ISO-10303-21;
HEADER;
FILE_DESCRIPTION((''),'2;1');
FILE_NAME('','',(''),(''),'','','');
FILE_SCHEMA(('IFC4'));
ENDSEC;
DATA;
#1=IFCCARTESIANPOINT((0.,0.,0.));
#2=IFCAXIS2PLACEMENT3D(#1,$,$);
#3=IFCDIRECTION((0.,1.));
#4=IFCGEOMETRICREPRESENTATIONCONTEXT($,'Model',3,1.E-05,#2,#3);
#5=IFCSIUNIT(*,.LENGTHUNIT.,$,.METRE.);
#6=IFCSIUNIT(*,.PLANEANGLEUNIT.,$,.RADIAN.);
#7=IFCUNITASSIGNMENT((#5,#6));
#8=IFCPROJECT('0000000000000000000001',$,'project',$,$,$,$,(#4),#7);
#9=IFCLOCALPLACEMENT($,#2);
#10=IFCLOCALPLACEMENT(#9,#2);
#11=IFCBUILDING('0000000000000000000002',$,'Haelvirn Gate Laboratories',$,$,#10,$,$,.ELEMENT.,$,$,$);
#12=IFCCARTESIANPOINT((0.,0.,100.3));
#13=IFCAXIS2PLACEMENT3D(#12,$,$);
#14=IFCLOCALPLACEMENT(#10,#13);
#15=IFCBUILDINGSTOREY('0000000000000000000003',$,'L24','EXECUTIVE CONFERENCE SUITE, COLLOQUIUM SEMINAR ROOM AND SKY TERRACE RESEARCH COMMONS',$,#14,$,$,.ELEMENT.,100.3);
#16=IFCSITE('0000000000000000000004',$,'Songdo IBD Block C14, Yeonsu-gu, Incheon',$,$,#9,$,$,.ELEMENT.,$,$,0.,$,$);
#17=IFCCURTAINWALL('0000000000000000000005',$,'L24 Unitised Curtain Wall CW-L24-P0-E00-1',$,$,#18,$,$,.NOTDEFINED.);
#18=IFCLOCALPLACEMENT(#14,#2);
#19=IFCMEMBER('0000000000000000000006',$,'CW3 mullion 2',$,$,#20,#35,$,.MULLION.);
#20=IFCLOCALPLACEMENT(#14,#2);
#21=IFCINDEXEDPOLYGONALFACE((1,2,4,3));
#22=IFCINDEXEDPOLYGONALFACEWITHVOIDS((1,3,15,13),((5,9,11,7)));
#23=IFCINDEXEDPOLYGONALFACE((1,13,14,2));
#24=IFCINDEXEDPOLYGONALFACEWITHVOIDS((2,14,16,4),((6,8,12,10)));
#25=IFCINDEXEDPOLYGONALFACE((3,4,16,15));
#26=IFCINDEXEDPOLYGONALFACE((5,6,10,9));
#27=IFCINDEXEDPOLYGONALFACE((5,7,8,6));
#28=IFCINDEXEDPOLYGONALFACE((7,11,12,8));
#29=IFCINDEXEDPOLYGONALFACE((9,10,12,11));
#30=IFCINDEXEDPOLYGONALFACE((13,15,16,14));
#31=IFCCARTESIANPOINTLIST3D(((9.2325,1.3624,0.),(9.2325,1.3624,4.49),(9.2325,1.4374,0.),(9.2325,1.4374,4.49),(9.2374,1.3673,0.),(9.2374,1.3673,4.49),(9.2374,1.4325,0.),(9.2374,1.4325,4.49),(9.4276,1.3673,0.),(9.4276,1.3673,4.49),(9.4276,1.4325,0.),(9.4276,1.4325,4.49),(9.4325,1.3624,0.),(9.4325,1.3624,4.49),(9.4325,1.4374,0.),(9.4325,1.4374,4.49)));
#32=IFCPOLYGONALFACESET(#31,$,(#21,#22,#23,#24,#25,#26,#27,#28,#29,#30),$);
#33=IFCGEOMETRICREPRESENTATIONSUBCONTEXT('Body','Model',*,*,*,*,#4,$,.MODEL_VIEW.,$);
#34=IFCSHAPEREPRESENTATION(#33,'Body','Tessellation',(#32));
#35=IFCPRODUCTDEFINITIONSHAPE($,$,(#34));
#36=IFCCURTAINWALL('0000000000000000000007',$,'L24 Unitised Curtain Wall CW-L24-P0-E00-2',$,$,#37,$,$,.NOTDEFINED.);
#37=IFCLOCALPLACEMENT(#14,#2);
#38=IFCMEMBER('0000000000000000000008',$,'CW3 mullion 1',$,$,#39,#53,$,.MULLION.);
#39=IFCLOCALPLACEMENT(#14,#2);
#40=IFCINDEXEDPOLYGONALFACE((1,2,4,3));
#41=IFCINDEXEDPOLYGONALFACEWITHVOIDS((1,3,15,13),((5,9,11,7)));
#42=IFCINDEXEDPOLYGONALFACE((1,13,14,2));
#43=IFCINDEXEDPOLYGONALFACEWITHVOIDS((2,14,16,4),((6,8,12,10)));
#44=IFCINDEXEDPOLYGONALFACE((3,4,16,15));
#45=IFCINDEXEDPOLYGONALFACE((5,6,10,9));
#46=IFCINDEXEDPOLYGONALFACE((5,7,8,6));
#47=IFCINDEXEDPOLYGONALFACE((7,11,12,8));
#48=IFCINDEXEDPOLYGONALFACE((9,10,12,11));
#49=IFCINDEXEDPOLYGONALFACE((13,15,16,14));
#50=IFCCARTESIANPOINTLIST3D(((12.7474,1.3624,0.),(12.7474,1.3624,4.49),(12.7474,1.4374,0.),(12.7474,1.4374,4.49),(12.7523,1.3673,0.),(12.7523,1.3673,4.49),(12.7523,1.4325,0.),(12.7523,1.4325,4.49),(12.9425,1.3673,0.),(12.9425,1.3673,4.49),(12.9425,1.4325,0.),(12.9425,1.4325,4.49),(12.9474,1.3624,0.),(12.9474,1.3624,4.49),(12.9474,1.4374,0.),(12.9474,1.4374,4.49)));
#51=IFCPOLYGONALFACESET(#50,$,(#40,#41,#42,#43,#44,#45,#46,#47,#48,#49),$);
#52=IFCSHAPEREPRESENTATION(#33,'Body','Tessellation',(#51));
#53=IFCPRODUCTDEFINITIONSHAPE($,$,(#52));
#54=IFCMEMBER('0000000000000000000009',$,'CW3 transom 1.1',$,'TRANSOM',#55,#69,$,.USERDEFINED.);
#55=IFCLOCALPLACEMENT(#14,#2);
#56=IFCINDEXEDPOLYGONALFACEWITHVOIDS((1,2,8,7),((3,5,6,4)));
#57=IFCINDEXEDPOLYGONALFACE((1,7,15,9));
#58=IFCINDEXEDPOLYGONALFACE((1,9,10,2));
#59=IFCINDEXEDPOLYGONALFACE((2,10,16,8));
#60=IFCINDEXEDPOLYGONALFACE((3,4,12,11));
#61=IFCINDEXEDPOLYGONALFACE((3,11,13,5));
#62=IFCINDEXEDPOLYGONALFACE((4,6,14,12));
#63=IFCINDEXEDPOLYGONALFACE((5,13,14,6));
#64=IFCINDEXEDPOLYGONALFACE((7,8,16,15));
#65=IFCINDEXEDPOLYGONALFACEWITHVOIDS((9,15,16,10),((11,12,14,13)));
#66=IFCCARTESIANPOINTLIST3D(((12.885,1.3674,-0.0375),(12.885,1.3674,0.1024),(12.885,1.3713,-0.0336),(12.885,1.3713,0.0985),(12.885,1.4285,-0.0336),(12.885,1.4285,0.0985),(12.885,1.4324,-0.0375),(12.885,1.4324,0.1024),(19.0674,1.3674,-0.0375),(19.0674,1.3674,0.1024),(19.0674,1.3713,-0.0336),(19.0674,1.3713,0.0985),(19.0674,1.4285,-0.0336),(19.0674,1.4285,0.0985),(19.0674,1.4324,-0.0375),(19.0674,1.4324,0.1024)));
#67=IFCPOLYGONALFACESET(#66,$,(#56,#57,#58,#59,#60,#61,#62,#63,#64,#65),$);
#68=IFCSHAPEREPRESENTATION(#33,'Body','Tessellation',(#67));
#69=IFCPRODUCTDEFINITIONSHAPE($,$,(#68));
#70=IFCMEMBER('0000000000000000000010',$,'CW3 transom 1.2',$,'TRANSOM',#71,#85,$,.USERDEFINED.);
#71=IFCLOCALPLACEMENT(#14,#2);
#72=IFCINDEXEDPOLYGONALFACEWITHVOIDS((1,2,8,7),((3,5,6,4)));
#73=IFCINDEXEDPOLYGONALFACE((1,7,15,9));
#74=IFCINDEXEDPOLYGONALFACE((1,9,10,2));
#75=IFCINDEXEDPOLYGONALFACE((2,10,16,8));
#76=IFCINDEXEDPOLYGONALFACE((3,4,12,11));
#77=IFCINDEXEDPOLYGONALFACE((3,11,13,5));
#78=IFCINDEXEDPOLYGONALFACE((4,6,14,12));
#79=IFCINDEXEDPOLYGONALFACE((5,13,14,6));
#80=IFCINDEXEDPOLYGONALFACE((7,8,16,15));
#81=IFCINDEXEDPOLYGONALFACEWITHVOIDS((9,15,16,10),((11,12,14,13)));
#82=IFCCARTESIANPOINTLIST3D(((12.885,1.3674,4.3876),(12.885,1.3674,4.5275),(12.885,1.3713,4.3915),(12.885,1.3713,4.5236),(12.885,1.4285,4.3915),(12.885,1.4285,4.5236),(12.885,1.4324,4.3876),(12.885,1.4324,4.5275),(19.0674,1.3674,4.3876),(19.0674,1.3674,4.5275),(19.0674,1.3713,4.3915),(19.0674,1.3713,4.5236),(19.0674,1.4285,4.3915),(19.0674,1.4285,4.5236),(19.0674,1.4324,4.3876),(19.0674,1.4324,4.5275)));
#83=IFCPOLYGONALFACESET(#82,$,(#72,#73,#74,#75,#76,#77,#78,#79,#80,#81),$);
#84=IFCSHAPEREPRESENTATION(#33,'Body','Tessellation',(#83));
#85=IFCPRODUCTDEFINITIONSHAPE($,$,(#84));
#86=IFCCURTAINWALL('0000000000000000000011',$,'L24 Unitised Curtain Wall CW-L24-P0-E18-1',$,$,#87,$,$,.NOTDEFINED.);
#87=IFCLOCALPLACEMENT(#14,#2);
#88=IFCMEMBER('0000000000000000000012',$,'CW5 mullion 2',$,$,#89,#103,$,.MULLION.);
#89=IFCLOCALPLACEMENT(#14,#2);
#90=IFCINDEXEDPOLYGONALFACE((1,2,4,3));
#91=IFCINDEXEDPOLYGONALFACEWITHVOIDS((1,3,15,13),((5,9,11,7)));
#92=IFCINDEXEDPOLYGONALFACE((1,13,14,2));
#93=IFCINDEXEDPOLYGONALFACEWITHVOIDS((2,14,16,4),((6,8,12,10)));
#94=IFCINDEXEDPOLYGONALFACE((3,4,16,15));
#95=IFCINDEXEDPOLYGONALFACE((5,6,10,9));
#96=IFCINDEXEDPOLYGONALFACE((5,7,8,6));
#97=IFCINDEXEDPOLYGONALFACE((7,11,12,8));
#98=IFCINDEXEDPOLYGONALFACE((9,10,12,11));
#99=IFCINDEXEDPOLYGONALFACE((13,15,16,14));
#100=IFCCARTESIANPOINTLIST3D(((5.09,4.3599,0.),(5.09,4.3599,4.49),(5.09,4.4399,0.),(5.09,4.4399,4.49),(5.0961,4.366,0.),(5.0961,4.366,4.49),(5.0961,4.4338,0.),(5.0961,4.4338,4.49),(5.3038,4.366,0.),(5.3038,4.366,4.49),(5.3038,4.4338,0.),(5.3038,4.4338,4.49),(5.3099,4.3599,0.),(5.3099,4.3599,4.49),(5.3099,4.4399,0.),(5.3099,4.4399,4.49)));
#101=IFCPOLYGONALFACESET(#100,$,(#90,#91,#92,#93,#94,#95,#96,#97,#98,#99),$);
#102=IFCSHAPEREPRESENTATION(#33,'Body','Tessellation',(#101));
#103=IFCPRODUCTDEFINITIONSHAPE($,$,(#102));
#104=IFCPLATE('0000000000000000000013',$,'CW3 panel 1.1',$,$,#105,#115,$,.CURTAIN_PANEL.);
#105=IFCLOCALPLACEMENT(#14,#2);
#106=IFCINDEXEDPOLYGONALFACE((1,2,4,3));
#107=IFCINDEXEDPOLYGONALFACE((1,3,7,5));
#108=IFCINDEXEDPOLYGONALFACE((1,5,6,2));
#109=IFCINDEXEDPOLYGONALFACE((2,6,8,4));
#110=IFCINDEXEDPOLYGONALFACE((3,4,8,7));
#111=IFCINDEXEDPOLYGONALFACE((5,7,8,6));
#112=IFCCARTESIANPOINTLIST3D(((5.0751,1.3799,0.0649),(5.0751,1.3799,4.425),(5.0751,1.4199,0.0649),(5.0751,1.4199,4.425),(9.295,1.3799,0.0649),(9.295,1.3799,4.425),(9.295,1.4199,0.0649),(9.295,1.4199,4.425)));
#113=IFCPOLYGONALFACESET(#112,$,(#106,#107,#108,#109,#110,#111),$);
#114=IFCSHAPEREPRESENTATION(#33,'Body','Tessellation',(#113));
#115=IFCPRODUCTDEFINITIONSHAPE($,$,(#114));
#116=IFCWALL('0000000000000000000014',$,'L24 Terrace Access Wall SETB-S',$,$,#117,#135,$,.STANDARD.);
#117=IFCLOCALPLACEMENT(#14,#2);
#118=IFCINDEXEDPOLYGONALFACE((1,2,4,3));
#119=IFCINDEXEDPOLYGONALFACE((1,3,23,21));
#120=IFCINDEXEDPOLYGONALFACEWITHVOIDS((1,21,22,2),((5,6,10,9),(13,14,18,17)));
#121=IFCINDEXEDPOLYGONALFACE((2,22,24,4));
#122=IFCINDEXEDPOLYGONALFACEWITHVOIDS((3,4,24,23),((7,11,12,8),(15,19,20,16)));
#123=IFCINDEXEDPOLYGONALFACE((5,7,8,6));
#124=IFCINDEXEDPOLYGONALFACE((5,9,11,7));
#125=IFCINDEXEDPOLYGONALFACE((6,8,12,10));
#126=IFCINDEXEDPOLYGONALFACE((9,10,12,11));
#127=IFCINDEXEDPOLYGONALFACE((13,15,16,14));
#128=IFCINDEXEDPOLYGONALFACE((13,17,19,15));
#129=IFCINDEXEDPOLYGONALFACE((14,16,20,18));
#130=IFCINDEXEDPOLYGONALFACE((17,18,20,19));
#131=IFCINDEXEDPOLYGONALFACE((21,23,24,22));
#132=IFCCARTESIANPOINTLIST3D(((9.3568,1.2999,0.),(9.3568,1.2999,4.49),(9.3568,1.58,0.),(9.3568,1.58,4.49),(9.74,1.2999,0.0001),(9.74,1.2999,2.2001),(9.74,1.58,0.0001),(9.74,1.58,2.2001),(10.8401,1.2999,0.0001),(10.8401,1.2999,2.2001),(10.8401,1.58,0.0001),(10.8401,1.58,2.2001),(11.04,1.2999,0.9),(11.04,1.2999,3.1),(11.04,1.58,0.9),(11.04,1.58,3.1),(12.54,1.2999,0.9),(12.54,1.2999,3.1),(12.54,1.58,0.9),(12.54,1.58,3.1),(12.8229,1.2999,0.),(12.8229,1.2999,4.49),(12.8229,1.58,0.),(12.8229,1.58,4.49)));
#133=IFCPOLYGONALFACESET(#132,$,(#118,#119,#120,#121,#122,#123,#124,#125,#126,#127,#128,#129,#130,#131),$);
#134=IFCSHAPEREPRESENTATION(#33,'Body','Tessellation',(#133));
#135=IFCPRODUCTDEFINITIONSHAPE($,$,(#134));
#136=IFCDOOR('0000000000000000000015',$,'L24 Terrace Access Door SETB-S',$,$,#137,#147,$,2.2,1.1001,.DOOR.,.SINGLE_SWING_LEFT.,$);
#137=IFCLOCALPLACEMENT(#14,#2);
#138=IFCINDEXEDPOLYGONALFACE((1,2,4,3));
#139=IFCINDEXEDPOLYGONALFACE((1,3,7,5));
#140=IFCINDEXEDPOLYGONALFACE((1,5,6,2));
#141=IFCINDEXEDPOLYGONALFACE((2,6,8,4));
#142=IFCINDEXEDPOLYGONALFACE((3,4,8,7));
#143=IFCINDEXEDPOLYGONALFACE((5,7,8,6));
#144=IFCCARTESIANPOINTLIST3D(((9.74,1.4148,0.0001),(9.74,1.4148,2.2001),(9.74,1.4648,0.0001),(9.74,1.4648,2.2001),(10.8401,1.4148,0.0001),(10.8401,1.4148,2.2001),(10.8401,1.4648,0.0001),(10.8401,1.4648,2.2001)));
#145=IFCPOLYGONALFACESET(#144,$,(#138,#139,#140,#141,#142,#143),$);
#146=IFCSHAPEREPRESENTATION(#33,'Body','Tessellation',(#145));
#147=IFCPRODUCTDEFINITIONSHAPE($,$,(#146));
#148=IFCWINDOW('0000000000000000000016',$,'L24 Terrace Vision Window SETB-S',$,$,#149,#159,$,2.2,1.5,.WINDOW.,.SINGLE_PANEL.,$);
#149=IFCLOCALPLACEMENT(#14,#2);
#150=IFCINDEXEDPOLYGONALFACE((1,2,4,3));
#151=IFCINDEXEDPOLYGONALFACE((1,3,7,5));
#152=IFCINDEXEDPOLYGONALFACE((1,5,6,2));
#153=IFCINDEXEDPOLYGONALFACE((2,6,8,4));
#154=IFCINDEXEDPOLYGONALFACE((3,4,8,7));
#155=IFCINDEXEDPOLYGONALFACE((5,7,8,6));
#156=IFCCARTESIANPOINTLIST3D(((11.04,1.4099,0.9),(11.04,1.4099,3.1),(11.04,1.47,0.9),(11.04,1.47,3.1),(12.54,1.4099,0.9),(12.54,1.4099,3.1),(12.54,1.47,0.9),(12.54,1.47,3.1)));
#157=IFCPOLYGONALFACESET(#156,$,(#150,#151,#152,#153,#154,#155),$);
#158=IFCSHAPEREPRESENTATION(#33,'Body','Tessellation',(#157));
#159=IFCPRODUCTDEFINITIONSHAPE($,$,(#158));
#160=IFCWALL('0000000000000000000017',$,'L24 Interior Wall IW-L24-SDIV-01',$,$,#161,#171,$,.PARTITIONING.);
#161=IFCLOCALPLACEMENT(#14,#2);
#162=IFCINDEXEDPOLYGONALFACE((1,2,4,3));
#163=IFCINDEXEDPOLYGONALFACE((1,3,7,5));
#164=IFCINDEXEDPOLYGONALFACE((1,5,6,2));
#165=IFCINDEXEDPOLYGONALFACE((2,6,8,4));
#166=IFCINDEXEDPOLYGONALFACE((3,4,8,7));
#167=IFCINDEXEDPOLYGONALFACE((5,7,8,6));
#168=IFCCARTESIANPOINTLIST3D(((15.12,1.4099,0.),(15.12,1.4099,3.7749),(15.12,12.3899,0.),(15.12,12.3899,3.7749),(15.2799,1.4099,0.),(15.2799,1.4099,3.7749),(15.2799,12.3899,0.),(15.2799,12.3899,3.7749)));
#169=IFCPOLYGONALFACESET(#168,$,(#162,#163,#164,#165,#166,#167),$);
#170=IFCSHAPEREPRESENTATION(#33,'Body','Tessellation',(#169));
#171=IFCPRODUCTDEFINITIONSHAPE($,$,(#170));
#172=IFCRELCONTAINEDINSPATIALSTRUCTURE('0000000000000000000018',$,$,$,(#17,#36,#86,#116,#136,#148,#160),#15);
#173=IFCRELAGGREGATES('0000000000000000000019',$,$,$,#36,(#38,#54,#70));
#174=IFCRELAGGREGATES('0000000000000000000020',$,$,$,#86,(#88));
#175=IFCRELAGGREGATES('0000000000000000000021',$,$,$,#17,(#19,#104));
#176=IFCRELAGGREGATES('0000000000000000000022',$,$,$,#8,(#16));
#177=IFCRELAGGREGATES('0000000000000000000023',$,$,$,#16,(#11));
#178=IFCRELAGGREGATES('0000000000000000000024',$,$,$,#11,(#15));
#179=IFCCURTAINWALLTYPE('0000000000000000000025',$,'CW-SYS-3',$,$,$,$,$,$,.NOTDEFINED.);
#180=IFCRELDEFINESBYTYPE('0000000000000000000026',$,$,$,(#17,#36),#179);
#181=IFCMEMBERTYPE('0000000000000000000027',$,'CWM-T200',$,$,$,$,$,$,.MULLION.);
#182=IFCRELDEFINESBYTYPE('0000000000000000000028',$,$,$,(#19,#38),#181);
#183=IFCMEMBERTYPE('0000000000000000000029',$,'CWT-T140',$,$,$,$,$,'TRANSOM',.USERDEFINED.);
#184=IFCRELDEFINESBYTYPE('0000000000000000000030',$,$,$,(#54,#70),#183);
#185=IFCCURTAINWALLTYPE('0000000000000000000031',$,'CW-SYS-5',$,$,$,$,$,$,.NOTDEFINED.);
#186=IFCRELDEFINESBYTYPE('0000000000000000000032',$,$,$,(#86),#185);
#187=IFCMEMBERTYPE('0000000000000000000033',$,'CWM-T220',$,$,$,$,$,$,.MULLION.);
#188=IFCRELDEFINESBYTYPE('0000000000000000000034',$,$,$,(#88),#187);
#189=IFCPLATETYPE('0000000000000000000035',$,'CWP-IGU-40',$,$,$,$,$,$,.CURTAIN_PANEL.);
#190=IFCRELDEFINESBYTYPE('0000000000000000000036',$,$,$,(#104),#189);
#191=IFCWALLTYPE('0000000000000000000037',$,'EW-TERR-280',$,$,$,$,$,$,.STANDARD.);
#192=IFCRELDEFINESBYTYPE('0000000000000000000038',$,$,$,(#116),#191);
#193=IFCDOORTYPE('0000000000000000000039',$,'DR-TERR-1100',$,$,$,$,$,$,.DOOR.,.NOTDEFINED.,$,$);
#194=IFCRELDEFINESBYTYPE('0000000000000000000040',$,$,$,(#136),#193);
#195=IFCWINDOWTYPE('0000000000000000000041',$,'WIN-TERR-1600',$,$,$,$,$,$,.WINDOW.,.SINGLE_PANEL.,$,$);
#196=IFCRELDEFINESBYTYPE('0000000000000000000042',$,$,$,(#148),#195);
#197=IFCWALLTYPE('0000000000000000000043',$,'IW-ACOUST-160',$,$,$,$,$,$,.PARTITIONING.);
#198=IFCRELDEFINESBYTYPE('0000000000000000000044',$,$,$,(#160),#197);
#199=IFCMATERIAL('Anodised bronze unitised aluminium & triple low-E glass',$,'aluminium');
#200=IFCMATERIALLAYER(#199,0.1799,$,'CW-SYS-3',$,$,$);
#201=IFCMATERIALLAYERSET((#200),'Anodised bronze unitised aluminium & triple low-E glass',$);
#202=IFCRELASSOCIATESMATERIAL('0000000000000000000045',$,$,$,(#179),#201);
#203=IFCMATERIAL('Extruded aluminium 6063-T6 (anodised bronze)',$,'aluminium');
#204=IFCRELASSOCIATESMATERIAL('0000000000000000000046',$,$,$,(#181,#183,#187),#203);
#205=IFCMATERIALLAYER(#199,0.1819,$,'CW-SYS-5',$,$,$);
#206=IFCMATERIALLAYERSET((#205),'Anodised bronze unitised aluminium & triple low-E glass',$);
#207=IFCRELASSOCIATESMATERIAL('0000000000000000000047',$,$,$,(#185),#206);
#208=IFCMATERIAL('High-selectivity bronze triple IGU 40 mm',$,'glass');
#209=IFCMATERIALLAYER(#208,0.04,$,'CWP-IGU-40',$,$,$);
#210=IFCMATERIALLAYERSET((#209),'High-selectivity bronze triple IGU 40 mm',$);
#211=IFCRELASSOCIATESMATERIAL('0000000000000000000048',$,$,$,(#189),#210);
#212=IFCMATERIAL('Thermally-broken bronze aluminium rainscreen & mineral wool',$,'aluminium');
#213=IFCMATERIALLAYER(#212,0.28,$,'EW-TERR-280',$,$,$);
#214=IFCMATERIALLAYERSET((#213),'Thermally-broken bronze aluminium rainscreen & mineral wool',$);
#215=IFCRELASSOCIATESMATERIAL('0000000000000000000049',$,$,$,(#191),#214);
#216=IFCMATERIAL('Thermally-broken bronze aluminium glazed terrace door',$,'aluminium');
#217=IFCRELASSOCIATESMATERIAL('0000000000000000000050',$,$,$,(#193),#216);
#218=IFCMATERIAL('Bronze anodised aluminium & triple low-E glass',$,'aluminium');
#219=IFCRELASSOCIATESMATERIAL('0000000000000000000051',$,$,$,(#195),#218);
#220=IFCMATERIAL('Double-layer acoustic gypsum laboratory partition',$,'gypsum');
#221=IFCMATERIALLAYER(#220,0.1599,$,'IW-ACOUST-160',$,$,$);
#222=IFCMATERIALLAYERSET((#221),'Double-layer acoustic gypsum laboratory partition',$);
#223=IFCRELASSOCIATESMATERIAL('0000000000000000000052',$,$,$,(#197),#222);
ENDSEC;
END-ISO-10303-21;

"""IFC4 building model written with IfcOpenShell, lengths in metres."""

from ifc_helpers import new_model, si_unit, direction, frame, frame_2d, origin, origin_2d, place, context, subcontext, project, spatial, rectangle, hollow_rectangle, extrude, source, transform, mapped, material, layer, layer_set, material_profile, profile_set, type_object, type_shapes, element, fill, aggregate, save


model = new_model("IFC4")

# Units and contexts
model_context = context("Model", 3, precision=1e-05, world=origin(), true_north=direction((0.0, 1.0)))
body_context = subcontext(model_context, "Body", "Model", "MODEL_VIEW")
ifc_project = project(units=[si_unit("LENGTHUNIT", "METRE"), si_unit("PLANEANGLEUNIT", "RADIAN")], contexts=[model_context])

# Site, building, storey
site_placement = place(None, origin())
site = spatial("IfcSite", under=ifc_project, at=site_placement, Name="Songdo IBD Block C14, Yeonsu-gu, Incheon", CompositionType="ELEMENT", RefElevation=0.0)
building_placement = place(site_placement, origin())
building = spatial("IfcBuilding", under=site, at=building_placement, Name="Haelvirn Gate Laboratories", CompositionType="ELEMENT")
storey_placement = place(building_placement, frame((0.0, 0.0, 100.3)))
storey = spatial("IfcBuildingStorey", under=building, at=storey_placement, Name="L24", Description="EXECUTIVE CONFERENCE SUITE, COLLOQUIUM SEMINAR ROOM AND SKY TERRACE RESEARCH COMMONS", CompositionType="ELEMENT", Elevation=100.3)

# Curtain wall, member
ifc_material_1 = material(Name="Anodised bronze unitised aluminium & triple low-E glass", Category="aluminium")
ifc_layer_1 = layer(ifc_material_1, 0.1799, Name="CW-SYS-3")
ifc_layer_set_1 = layer_set([ifc_layer_1], Name="Anodised bronze unitised aluminium & triple low-E glass")
curtain_wall_type_1 = type_object("IfcCurtainWallType", Name="CW-SYS-3", PredefinedType="NOTDEFINED", material=ifc_layer_set_1)
curtain_wall_1_placement = place(storey_placement, origin())
curtain_wall_1 = element("IfcCurtainWall", 1, at=curtain_wall_1_placement, inside=storey, type_object=curtain_wall_type_1, Name="L24 Unitised Curtain Wall CW-L24-P0-E00-1", PredefinedType="NOTDEFINED")
ifc_material_2 = material(Name="Extruded aluminium 6063-T6 (anodised bronze)", Category="aluminium")
ifc_material_profile_1 = material_profile(ifc_material_2, hollow_rectangle(XDim=0.075, YDim=0.2, WallThickness=0.0049, at=origin_2d()), Name="CWM-200x75x5")
ifc_profile_set_1 = profile_set([ifc_material_profile_1], Name="Extruded aluminium 6063-T6 (anodised bronze)")
member_type_1 = type_object("IfcMemberType", Name="CWM-T200", PredefinedType="MULLION", material=ifc_profile_set_1)
shared_shape_1 = source(origin(), body_context, "Body", "SweptSolid", [
    extrude(hollow_rectangle(XDim=0.075, YDim=0.2, WallThickness=0.0049, at=origin_2d()), origin(), (0.0, 0.0, 1.0), 4.49),
])
type_shapes(member_type_1, [shared_shape_1])
member_1_placement = place(storey_placement, frame((9.3325, 1.3999, 0.0), z_axis=(0.0, 0.0, 1.0), x_axis=(0.0, 1.0, 0.0)))
member_1 = element("IfcMember", 2, at=member_1_placement, type_object=member_type_1, Name="CW3 mullion 2", PredefinedType="MULLION", context=body_context, shape_type="MappedRepresentation", body=[
    mapped(shared_shape_1, transform((0.0, 0.0, 0.0), scale=1.0)),
])

# Curtain wall, members
curtain_wall_2_placement = place(storey_placement, origin())
curtain_wall_2 = element("IfcCurtainWall", 3, at=curtain_wall_2_placement, inside=storey, type_object=curtain_wall_type_1, Name="L24 Unitised Curtain Wall CW-L24-P0-E00-2", PredefinedType="NOTDEFINED")
member_2_placement = place(storey_placement, frame((12.8474, 1.3999, 0.0), z_axis=(0.0, 0.0, 1.0), x_axis=(0.0, 1.0, 0.0)))
member_2 = element("IfcMember", 4, at=member_2_placement, type_object=member_type_1, Name="CW3 mullion 1", PredefinedType="MULLION", context=body_context, shape_type="MappedRepresentation", body=[
    mapped(shared_shape_1, transform((0.0, 0.0, 0.0), scale=1.0)),
])
ifc_material_profile_2 = material_profile(ifc_material_2, hollow_rectangle(XDim=0.0649, YDim=0.1399, WallThickness=0.0039, at=origin_2d()), Name="CWT-140x65x4")
ifc_profile_set_2 = profile_set([ifc_material_profile_2], Name="Extruded aluminium 6063-T6 (anodised bronze)")
member_type_2 = type_object("IfcMemberType", Name="CWT-T140", ElementType="TRANSOM", PredefinedType="USERDEFINED", material=ifc_profile_set_2)
shared_shape_2 = source(origin(), body_context, "Body", "SweptSolid", [
    extrude(hollow_rectangle(XDim=0.0649, YDim=0.1399, WallThickness=0.0039, at=origin_2d()), origin(), (0.0, 0.0, 1.0), 6.1824),
])
type_shapes(member_type_2, [shared_shape_2])
member_3_placement = place(storey_placement, frame((12.885, 1.3999, 0.0325), z_axis=(1.0, 0.0, 0.0), x_axis=(0.0, 1.0, 0.0)))
member_3 = element("IfcMember", 5, at=member_3_placement, type_object=member_type_2, Name="CW3 transom 1.1", ObjectType="TRANSOM", PredefinedType="USERDEFINED", context=body_context, shape_type="MappedRepresentation", body=[
    mapped(shared_shape_2, transform((0.0, 0.0, 0.0), scale=1.0)),
])
member_4_placement = place(storey_placement, frame((12.885, 1.3999, 4.4575), z_axis=(1.0, 0.0, 0.0), x_axis=(0.0, 1.0, 0.0)))
member_4 = element("IfcMember", 6, at=member_4_placement, type_object=member_type_2, Name="CW3 transom 1.2", ObjectType="TRANSOM", PredefinedType="USERDEFINED", context=body_context, shape_type="MappedRepresentation", body=[
    mapped(shared_shape_2, transform((0.0, 0.0, 0.0), scale=1.0)),
])
aggregate(curtain_wall_2, [member_2, member_3, member_4])

# Curtain wall, member
ifc_layer_2 = layer(ifc_material_1, 0.1819, Name="CW-SYS-5")
ifc_layer_set_2 = layer_set([ifc_layer_2], Name="Anodised bronze unitised aluminium & triple low-E glass")
curtain_wall_type_2 = type_object("IfcCurtainWallType", Name="CW-SYS-5", PredefinedType="NOTDEFINED", material=ifc_layer_set_2)
curtain_wall_3_placement = place(storey_placement, origin())
curtain_wall_3 = element("IfcCurtainWall", 7, at=curtain_wall_3_placement, inside=storey, type_object=curtain_wall_type_2, Name="L24 Unitised Curtain Wall CW-L24-P0-E18-1", PredefinedType="NOTDEFINED")
ifc_material_profile_3 = material_profile(ifc_material_2, hollow_rectangle(XDim=0.0801, YDim=0.22, WallThickness=0.0061, at=origin_2d()), Name="CWM-220x80x6")
ifc_profile_set_3 = profile_set([ifc_material_profile_3], Name="Extruded aluminium 6063-T6 (anodised bronze)")
member_type_3 = type_object("IfcMemberType", Name="CWM-T220", PredefinedType="MULLION", material=ifc_profile_set_3)
shared_shape_3 = source(origin(), body_context, "Body", "SweptSolid", [
    extrude(hollow_rectangle(XDim=0.0801, YDim=0.22, WallThickness=0.0061, at=origin_2d()), origin(), (0.0, 0.0, 1.0), 4.49),
])
type_shapes(member_type_3, [shared_shape_3])
member_5_placement = place(storey_placement, frame((5.2, 4.3999, 0.0), z_axis=(0.0, 0.0, 1.0), x_axis=(0.0, 1.0, 0.0)))
member_5 = element("IfcMember", 8, at=member_5_placement, type_object=member_type_3, Name="CW5 mullion 2", PredefinedType="MULLION", context=body_context, shape_type="MappedRepresentation", body=[
    mapped(shared_shape_3, transform((0.0, 0.0, 0.0), scale=1.0)),
])
aggregate(curtain_wall_3, [member_5])

# Plate
ifc_material_3 = material(Name="High-selectivity bronze triple IGU 40 mm", Category="glass")
ifc_layer_3 = layer(ifc_material_3, 0.04, Name="CWP-IGU-40")
ifc_layer_set_3 = layer_set([ifc_layer_3], Name="High-selectivity bronze triple IGU 40 mm")
plate_type = type_object("IfcPlateType", Name="CWP-IGU-40", PredefinedType="CURTAIN_PANEL", material=ifc_layer_set_3)
shared_shape_4 = source(origin(), body_context, "Body", "SweptSolid", [
    extrude(rectangle(XDim=4.22, YDim=0.04, at=origin_2d()), origin(), (0.0, 0.0, 1.0), 4.3601),
])
type_shapes(plate_type, [shared_shape_4])
plate_placement = place(storey_placement, frame((7.1851, 1.3999, 0.0649), z_axis=(0.0, 0.0, 1.0), x_axis=(1.0, 0.0, 0.0)))
plate = element("IfcPlate", 9, at=plate_placement, type_object=plate_type, Name="CW3 panel 1.1", PredefinedType="CURTAIN_PANEL", context=body_context, shape_type="MappedRepresentation", body=[
    mapped(shared_shape_4, transform((0.0, 0.0, 0.0), scale=1.0)),
])
aggregate(curtain_wall_1, [member_1, plate])

# Wall, openings, door, window
ifc_material_4 = material(Name="Thermally-broken bronze aluminium rainscreen & mineral wool", Category="aluminium")
ifc_layer_4 = layer(ifc_material_4, 0.28, Name="EW-TERR-280")
ifc_layer_set_4 = layer_set([ifc_layer_4], Name="Thermally-broken bronze aluminium rainscreen & mineral wool")
wall_type_1 = type_object("IfcWallType", Name="EW-TERR-280", PredefinedType="STANDARD", material=ifc_layer_set_4)
wall_1_placement = place(storey_placement, frame((9.3569, 1.4399, 0.0), z_axis=(0.0, 0.0, 1.0), x_axis=(1.0, 0.0, 0.0)))
wall_1 = element("IfcWall", 10, at=wall_1_placement, inside=storey, type_object=wall_type_1, Name="L24 Terrace Access Wall SETB-S", PredefinedType="STANDARD", context=body_context, shape_type="SweptSolid", body=[
    extrude(rectangle(XDim=3.4661, YDim=0.28, at=frame_2d((1.7329, 0.0))), origin(), (0.0, 0.0, 1.0), 4.49),
])
opening_1_placement = place(wall_1_placement, frame((0.3831, 0.0, 0.0)))
opening_1 = element("IfcOpeningElement", 11, at=opening_1_placement, cuts=wall_1, PredefinedType="OPENING", context=body_context, shape_type="SweptSolid", body=[
    extrude(rectangle(XDim=1.1001, YDim=2.2, at=frame_2d((0.55, 1.1001))), frame((0.0, 0.1499, 0.0), z_axis=(0.0, -1.0, 0.0), x_axis=(1.0, 0.0, 0.0)), (0.0, 0.0, 1.0), 0.3),
])
opening_2_placement = place(wall_1_placement, frame((1.6831, 0.0, 0.8999)))
opening_2 = element("IfcOpeningElement", 12, at=opening_2_placement, cuts=wall_1, PredefinedType="OPENING", context=body_context, shape_type="SweptSolid", body=[
    extrude(rectangle(XDim=1.5, YDim=2.2, at=frame_2d((0.75, 1.1001))), frame((0.0, 0.1499, 0.0), z_axis=(0.0, -1.0, 0.0), x_axis=(1.0, 0.0, 0.0)), (0.0, 0.0, 1.0), 0.3),
])
ifc_material_5 = material(Name="Thermally-broken bronze aluminium glazed terrace door", Category="aluminium")
door_type_1 = type_object("IfcDoorType", Name="DR-TERR-1100", OperationType="NOTDEFINED", PredefinedType="DOOR", material=ifc_material_5)
shared_shape_5 = source(origin(), body_context, "Body", "SweptSolid", [
    extrude(rectangle(XDim=1.1001, YDim=2.2, at=frame_2d((0.55, 1.1001))), frame((0.0, 0.0249, 0.0), z_axis=(0.0, -1.0, 0.0), x_axis=(1.0, 0.0, 0.0)), (0.0, 0.0, 1.0), 0.05),
])
type_shapes(door_type_1, [shared_shape_5])
door_1_placement = place(opening_1_placement, origin())
door_1 = element("IfcDoor", 13, at=door_1_placement, inside=storey, type_object=door_type_1, Name="L24 Terrace Access Door SETB-S", OperationType="SINGLE_SWING_LEFT", OverallHeight=2.2, OverallWidth=1.1001, PredefinedType="DOOR", context=body_context, shape_type="MappedRepresentation", body=[
    mapped(shared_shape_5, transform((0.0, 0.0, 0.0), scale=1.0)),
])
fill(opening_1, door_1)
ifc_material_6 = material(Name="Bronze anodised aluminium & triple low-E glass", Category="aluminium")
window_type = type_object("IfcWindowType", Name="WIN-TERR-1600", PartitioningType="SINGLE_PANEL", PredefinedType="WINDOW", material=ifc_material_6)
shared_shape_6 = source(origin(), body_context, "Body", "SweptSolid", [
    extrude(rectangle(XDim=1.5, YDim=2.2, at=frame_2d((0.75, 1.1001))), frame((0.0, 0.03, 0.0), z_axis=(0.0, -1.0, 0.0), x_axis=(1.0, 0.0, 0.0)), (0.0, 0.0, 1.0), 0.0601),
])
type_shapes(window_type, [shared_shape_6])
window_placement = place(opening_2_placement, origin())
window = element("IfcWindow", 14, at=window_placement, inside=storey, type_object=window_type, Name="L24 Terrace Vision Window SETB-S", OverallHeight=2.2, OverallWidth=1.5, PartitioningType="SINGLE_PANEL", PredefinedType="WINDOW", context=body_context, shape_type="MappedRepresentation", body=[
    mapped(shared_shape_6, transform((0.0, 0.0, 0.0), scale=1.0)),
])
fill(opening_2, window)

# Wall
ifc_material_7 = material(Name="Double-layer acoustic gypsum laboratory partition", Category="gypsum")
ifc_layer_5 = layer(ifc_material_7, 0.1599, Name="IW-ACOUST-160")
ifc_layer_set_5 = layer_set([ifc_layer_5], Name="Double-layer acoustic gypsum laboratory partition")
wall_type_2 = type_object("IfcWallType", Name="IW-ACOUST-160", PredefinedType="PARTITIONING", material=ifc_layer_set_5)
wall_2_placement = place(storey_placement, frame((15.2, 1.4099, 0.0), z_axis=(0.0, 0.0, 1.0), x_axis=(0.0, 1.0, 0.0)))
element("IfcWall", 15, at=wall_2_placement, inside=storey, type_object=wall_type_2, Name="L24 Interior Wall IW-L24-SDIV-01", PredefinedType="PARTITIONING", context=body_context, shape_type="SweptSolid", body=[
    extrude(rectangle(XDim=10.98, YDim=0.1599, at=frame_2d((5.49, 0.0))), origin(), (0.0, 0.0, 1.0), 3.7749),
])

save(model, "model.ifc")
